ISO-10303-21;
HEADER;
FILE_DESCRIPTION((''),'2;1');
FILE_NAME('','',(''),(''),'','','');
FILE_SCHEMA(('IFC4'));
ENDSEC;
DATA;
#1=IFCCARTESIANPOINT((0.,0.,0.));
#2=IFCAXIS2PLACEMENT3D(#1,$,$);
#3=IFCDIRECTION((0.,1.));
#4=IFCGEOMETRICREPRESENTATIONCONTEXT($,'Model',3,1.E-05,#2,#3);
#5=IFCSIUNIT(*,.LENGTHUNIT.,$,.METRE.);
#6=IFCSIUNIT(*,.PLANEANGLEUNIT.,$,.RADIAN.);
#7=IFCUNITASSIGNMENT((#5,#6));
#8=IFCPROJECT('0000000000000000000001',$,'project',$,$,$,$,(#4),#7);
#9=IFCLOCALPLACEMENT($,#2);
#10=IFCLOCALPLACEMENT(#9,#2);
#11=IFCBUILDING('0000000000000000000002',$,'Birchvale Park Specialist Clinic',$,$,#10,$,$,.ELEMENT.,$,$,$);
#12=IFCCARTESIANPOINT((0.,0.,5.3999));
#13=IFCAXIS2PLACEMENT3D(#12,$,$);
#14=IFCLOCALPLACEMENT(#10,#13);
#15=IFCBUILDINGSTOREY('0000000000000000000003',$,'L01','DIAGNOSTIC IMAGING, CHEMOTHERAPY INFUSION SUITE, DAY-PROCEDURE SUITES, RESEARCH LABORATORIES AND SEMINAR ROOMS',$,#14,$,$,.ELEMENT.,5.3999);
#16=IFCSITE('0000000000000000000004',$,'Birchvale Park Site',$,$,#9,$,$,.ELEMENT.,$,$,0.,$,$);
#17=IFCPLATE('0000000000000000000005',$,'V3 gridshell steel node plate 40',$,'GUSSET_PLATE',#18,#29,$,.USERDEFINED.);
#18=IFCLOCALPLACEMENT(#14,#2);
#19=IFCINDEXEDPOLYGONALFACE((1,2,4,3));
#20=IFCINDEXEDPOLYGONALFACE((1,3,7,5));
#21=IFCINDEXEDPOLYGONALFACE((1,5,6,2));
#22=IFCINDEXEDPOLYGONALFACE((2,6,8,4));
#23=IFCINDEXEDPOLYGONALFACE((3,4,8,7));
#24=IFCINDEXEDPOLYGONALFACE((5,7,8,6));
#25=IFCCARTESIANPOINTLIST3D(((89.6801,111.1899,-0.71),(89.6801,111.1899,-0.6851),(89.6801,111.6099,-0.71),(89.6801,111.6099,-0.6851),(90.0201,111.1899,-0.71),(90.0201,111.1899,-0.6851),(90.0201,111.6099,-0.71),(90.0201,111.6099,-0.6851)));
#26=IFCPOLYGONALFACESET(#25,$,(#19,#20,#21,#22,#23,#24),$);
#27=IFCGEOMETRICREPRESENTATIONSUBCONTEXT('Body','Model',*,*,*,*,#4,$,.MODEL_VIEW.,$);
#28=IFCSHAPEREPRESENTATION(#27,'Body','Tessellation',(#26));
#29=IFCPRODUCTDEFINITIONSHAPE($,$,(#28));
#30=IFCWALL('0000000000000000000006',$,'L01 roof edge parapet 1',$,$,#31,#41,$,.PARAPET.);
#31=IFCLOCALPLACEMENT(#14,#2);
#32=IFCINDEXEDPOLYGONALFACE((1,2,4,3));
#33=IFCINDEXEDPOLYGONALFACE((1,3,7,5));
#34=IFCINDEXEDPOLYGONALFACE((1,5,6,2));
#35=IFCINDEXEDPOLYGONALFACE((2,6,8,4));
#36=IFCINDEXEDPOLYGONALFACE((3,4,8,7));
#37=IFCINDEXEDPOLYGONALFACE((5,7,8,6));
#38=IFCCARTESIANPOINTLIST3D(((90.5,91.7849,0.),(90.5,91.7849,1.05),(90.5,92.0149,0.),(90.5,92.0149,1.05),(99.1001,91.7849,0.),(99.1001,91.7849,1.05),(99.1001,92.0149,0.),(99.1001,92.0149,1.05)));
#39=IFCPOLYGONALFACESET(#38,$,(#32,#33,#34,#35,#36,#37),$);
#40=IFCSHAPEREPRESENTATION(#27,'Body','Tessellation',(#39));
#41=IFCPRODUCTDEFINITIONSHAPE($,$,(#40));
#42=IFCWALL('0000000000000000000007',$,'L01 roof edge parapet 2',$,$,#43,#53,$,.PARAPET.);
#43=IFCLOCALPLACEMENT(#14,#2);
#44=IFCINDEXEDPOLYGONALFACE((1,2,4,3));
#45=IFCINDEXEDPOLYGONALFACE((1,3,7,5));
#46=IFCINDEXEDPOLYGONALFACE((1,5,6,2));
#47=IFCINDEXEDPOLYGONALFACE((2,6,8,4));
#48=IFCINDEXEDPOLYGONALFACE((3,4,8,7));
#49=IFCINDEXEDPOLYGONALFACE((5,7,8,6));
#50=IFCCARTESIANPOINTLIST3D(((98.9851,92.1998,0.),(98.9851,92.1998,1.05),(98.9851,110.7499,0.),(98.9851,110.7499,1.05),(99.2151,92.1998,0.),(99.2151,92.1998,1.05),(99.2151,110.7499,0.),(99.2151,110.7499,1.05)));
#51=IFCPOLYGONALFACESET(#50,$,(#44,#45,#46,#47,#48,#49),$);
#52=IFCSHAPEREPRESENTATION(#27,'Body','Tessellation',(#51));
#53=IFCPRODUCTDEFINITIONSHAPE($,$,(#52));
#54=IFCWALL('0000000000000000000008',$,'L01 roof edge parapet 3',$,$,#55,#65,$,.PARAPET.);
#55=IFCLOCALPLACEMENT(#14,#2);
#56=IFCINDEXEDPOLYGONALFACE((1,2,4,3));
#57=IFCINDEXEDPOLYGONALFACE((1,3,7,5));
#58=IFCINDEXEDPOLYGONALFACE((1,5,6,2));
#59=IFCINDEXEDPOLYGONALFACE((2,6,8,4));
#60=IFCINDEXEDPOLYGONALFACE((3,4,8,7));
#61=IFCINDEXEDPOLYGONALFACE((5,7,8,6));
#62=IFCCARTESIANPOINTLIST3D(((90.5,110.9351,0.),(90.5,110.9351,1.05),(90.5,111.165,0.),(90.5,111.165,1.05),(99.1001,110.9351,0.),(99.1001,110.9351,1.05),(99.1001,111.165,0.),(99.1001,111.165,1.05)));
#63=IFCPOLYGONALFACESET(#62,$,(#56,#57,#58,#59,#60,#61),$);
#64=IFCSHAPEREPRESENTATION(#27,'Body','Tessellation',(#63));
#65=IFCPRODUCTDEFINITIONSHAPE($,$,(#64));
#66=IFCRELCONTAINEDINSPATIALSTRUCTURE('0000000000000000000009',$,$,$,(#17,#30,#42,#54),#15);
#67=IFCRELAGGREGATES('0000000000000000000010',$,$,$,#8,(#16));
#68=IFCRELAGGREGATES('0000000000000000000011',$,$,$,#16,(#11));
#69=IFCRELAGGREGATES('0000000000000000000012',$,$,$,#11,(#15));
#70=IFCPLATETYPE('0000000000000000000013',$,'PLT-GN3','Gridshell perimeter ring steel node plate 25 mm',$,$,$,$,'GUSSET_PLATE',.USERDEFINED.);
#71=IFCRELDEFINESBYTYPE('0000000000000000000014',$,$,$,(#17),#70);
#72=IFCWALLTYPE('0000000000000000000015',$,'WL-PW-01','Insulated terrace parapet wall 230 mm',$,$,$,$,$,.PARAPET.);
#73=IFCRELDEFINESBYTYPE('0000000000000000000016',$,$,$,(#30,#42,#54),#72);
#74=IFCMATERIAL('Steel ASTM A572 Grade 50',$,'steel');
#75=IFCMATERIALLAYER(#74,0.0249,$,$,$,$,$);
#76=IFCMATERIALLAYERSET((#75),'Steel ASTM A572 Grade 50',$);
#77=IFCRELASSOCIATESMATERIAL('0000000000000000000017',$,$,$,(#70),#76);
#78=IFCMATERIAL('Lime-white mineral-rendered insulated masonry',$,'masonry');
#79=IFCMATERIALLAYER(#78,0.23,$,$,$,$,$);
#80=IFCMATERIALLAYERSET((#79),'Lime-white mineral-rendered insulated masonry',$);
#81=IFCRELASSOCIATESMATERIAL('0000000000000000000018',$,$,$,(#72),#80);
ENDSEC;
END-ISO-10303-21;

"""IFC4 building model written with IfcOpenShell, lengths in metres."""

from ifc_helpers import new_model, si_unit, direction, frame, frame_2d, origin, origin_2d, place, context, subcontext, project, spatial, rectangle, extrude, material, layer, layer_set, type_object, element, save


model = new_model("IFC4")

# Units and contexts
model_context = context("Model", 3, precision=1e-05, world=origin(), true_north=direction((0.0, 1.0)))
body_context = subcontext(model_context, "Body", "Model", "MODEL_VIEW")
ifc_project = project(units=[si_unit("LENGTHUNIT", "METRE"), si_unit("PLANEANGLEUNIT", "RADIAN")], contexts=[model_context])

# Site, building, storey
site_placement = place(None, origin())
site = spatial("IfcSite", under=ifc_project, at=site_placement, Name="Birchvale Park Site", CompositionType="ELEMENT", RefElevation=0.0)
building_placement = place(site_placement, origin())
building = spatial("IfcBuilding", under=site, at=building_placement, Name="Birchvale Park Specialist Clinic", CompositionType="ELEMENT")
storey_placement = place(building_placement, frame((0.0, 0.0, 5.3999)))
storey = spatial("IfcBuildingStorey", under=building, at=storey_placement, Name="L01", Description="DIAGNOSTIC IMAGING, CHEMOTHERAPY INFUSION SUITE, DAY-PROCEDURE SUITES, RESEARCH LABORATORIES AND SEMINAR ROOMS", CompositionType="ELEMENT", Elevation=5.3999)

# Plate
ifc_material_1 = material(Name="Steel ASTM A572 Grade 50", Category="steel")
ifc_layer_1 = layer(ifc_material_1, 0.0249)
ifc_layer_set_1 = layer_set([ifc_layer_1], Name="Steel ASTM A572 Grade 50")
plate_type = type_object("IfcPlateType", Name="PLT-GN3", Description="Gridshell perimeter ring steel node plate 25 mm", ElementType="GUSSET_PLATE", PredefinedType="USERDEFINED", material=ifc_layer_set_1)
for number, where, z_axis, x_axis, name in (
    (1, (89.8501, 111.3999, -0.71), (0.0, 0.0, 1.0), (1.0, 0.0, 0.0), "V3 gridshell steel node plate 40"),
):
    element("IfcPlate", number, at=place(storey_placement, frame(where, z_axis=z_axis, x_axis=x_axis)), inside=storey, type_object=plate_type, Name=name, ObjectType="GUSSET_PLATE", PredefinedType="USERDEFINED", context=body_context, shape_type="SweptSolid", body=[
        extrude(rectangle(XDim=0.3401, YDim=0.4199, at=origin_2d()), origin(), (0.0, 0.0, 1.0), 0.0249),
    ])

# Walls
ifc_material_2 = material(Name="Lime-white mineral-rendered insulated masonry", Category="masonry")
ifc_layer_2 = layer(ifc_material_2, 0.23)
ifc_layer_set_2 = layer_set([ifc_layer_2], Name="Lime-white mineral-rendered insulated masonry")
wall_type = type_object("IfcWallType", Name="WL-PW-01", Description="Insulated terrace parapet wall 230 mm", PredefinedType="PARAPET", material=ifc_layer_set_2)
wall_1_placement = place(storey_placement, frame((90.5, 91.8999, 0.0), z_axis=(0.0, 0.0, 1.0), x_axis=(1.0, 0.0, 0.0)))
element("IfcWall", 2, at=wall_1_placement, inside=storey, type_object=wall_type, Name="L01 roof edge parapet 1", PredefinedType="PARAPET", context=body_context, shape_type="SweptSolid", body=[
    extrude(rectangle(XDim=8.6001, YDim=0.23, at=frame_2d((4.3, 0.0))), origin(), (0.0, 0.0, 1.0), 1.05),
])
wall_2_placement = place(storey_placement, frame((99.1001, 92.2, 0.0), z_axis=(0.0, 0.0, 1.0), x_axis=(0.0, 1.0, 0.0)))
element("IfcWall", 3, at=wall_2_placement, inside=storey, type_object=wall_type, Name="L01 roof edge parapet 2", PredefinedType="PARAPET", context=body_context, shape_type="SweptSolid", body=[
    extrude(rectangle(XDim=18.55, YDim=0.23, at=frame_2d((9.2749, 0.0))), origin(), (0.0, 0.0, 1.0), 1.05),
])
wall_3_placement = place(storey_placement, frame((99.1001, 111.05, 0.0), z_axis=(0.0, 0.0, 1.0), x_axis=(-1.0, 0.0, 0.0)))
element("IfcWall", 4, at=wall_3_placement, inside=storey, type_object=wall_type, Name="L01 roof edge parapet 3", PredefinedType="PARAPET", context=body_context, shape_type="SweptSolid", body=[
    extrude(rectangle(XDim=8.6001, YDim=0.23, at=frame_2d((4.3, 0.0))), origin(), (0.0, 0.0, 1.0), 1.05),
])

save(model, "model.ifc")
